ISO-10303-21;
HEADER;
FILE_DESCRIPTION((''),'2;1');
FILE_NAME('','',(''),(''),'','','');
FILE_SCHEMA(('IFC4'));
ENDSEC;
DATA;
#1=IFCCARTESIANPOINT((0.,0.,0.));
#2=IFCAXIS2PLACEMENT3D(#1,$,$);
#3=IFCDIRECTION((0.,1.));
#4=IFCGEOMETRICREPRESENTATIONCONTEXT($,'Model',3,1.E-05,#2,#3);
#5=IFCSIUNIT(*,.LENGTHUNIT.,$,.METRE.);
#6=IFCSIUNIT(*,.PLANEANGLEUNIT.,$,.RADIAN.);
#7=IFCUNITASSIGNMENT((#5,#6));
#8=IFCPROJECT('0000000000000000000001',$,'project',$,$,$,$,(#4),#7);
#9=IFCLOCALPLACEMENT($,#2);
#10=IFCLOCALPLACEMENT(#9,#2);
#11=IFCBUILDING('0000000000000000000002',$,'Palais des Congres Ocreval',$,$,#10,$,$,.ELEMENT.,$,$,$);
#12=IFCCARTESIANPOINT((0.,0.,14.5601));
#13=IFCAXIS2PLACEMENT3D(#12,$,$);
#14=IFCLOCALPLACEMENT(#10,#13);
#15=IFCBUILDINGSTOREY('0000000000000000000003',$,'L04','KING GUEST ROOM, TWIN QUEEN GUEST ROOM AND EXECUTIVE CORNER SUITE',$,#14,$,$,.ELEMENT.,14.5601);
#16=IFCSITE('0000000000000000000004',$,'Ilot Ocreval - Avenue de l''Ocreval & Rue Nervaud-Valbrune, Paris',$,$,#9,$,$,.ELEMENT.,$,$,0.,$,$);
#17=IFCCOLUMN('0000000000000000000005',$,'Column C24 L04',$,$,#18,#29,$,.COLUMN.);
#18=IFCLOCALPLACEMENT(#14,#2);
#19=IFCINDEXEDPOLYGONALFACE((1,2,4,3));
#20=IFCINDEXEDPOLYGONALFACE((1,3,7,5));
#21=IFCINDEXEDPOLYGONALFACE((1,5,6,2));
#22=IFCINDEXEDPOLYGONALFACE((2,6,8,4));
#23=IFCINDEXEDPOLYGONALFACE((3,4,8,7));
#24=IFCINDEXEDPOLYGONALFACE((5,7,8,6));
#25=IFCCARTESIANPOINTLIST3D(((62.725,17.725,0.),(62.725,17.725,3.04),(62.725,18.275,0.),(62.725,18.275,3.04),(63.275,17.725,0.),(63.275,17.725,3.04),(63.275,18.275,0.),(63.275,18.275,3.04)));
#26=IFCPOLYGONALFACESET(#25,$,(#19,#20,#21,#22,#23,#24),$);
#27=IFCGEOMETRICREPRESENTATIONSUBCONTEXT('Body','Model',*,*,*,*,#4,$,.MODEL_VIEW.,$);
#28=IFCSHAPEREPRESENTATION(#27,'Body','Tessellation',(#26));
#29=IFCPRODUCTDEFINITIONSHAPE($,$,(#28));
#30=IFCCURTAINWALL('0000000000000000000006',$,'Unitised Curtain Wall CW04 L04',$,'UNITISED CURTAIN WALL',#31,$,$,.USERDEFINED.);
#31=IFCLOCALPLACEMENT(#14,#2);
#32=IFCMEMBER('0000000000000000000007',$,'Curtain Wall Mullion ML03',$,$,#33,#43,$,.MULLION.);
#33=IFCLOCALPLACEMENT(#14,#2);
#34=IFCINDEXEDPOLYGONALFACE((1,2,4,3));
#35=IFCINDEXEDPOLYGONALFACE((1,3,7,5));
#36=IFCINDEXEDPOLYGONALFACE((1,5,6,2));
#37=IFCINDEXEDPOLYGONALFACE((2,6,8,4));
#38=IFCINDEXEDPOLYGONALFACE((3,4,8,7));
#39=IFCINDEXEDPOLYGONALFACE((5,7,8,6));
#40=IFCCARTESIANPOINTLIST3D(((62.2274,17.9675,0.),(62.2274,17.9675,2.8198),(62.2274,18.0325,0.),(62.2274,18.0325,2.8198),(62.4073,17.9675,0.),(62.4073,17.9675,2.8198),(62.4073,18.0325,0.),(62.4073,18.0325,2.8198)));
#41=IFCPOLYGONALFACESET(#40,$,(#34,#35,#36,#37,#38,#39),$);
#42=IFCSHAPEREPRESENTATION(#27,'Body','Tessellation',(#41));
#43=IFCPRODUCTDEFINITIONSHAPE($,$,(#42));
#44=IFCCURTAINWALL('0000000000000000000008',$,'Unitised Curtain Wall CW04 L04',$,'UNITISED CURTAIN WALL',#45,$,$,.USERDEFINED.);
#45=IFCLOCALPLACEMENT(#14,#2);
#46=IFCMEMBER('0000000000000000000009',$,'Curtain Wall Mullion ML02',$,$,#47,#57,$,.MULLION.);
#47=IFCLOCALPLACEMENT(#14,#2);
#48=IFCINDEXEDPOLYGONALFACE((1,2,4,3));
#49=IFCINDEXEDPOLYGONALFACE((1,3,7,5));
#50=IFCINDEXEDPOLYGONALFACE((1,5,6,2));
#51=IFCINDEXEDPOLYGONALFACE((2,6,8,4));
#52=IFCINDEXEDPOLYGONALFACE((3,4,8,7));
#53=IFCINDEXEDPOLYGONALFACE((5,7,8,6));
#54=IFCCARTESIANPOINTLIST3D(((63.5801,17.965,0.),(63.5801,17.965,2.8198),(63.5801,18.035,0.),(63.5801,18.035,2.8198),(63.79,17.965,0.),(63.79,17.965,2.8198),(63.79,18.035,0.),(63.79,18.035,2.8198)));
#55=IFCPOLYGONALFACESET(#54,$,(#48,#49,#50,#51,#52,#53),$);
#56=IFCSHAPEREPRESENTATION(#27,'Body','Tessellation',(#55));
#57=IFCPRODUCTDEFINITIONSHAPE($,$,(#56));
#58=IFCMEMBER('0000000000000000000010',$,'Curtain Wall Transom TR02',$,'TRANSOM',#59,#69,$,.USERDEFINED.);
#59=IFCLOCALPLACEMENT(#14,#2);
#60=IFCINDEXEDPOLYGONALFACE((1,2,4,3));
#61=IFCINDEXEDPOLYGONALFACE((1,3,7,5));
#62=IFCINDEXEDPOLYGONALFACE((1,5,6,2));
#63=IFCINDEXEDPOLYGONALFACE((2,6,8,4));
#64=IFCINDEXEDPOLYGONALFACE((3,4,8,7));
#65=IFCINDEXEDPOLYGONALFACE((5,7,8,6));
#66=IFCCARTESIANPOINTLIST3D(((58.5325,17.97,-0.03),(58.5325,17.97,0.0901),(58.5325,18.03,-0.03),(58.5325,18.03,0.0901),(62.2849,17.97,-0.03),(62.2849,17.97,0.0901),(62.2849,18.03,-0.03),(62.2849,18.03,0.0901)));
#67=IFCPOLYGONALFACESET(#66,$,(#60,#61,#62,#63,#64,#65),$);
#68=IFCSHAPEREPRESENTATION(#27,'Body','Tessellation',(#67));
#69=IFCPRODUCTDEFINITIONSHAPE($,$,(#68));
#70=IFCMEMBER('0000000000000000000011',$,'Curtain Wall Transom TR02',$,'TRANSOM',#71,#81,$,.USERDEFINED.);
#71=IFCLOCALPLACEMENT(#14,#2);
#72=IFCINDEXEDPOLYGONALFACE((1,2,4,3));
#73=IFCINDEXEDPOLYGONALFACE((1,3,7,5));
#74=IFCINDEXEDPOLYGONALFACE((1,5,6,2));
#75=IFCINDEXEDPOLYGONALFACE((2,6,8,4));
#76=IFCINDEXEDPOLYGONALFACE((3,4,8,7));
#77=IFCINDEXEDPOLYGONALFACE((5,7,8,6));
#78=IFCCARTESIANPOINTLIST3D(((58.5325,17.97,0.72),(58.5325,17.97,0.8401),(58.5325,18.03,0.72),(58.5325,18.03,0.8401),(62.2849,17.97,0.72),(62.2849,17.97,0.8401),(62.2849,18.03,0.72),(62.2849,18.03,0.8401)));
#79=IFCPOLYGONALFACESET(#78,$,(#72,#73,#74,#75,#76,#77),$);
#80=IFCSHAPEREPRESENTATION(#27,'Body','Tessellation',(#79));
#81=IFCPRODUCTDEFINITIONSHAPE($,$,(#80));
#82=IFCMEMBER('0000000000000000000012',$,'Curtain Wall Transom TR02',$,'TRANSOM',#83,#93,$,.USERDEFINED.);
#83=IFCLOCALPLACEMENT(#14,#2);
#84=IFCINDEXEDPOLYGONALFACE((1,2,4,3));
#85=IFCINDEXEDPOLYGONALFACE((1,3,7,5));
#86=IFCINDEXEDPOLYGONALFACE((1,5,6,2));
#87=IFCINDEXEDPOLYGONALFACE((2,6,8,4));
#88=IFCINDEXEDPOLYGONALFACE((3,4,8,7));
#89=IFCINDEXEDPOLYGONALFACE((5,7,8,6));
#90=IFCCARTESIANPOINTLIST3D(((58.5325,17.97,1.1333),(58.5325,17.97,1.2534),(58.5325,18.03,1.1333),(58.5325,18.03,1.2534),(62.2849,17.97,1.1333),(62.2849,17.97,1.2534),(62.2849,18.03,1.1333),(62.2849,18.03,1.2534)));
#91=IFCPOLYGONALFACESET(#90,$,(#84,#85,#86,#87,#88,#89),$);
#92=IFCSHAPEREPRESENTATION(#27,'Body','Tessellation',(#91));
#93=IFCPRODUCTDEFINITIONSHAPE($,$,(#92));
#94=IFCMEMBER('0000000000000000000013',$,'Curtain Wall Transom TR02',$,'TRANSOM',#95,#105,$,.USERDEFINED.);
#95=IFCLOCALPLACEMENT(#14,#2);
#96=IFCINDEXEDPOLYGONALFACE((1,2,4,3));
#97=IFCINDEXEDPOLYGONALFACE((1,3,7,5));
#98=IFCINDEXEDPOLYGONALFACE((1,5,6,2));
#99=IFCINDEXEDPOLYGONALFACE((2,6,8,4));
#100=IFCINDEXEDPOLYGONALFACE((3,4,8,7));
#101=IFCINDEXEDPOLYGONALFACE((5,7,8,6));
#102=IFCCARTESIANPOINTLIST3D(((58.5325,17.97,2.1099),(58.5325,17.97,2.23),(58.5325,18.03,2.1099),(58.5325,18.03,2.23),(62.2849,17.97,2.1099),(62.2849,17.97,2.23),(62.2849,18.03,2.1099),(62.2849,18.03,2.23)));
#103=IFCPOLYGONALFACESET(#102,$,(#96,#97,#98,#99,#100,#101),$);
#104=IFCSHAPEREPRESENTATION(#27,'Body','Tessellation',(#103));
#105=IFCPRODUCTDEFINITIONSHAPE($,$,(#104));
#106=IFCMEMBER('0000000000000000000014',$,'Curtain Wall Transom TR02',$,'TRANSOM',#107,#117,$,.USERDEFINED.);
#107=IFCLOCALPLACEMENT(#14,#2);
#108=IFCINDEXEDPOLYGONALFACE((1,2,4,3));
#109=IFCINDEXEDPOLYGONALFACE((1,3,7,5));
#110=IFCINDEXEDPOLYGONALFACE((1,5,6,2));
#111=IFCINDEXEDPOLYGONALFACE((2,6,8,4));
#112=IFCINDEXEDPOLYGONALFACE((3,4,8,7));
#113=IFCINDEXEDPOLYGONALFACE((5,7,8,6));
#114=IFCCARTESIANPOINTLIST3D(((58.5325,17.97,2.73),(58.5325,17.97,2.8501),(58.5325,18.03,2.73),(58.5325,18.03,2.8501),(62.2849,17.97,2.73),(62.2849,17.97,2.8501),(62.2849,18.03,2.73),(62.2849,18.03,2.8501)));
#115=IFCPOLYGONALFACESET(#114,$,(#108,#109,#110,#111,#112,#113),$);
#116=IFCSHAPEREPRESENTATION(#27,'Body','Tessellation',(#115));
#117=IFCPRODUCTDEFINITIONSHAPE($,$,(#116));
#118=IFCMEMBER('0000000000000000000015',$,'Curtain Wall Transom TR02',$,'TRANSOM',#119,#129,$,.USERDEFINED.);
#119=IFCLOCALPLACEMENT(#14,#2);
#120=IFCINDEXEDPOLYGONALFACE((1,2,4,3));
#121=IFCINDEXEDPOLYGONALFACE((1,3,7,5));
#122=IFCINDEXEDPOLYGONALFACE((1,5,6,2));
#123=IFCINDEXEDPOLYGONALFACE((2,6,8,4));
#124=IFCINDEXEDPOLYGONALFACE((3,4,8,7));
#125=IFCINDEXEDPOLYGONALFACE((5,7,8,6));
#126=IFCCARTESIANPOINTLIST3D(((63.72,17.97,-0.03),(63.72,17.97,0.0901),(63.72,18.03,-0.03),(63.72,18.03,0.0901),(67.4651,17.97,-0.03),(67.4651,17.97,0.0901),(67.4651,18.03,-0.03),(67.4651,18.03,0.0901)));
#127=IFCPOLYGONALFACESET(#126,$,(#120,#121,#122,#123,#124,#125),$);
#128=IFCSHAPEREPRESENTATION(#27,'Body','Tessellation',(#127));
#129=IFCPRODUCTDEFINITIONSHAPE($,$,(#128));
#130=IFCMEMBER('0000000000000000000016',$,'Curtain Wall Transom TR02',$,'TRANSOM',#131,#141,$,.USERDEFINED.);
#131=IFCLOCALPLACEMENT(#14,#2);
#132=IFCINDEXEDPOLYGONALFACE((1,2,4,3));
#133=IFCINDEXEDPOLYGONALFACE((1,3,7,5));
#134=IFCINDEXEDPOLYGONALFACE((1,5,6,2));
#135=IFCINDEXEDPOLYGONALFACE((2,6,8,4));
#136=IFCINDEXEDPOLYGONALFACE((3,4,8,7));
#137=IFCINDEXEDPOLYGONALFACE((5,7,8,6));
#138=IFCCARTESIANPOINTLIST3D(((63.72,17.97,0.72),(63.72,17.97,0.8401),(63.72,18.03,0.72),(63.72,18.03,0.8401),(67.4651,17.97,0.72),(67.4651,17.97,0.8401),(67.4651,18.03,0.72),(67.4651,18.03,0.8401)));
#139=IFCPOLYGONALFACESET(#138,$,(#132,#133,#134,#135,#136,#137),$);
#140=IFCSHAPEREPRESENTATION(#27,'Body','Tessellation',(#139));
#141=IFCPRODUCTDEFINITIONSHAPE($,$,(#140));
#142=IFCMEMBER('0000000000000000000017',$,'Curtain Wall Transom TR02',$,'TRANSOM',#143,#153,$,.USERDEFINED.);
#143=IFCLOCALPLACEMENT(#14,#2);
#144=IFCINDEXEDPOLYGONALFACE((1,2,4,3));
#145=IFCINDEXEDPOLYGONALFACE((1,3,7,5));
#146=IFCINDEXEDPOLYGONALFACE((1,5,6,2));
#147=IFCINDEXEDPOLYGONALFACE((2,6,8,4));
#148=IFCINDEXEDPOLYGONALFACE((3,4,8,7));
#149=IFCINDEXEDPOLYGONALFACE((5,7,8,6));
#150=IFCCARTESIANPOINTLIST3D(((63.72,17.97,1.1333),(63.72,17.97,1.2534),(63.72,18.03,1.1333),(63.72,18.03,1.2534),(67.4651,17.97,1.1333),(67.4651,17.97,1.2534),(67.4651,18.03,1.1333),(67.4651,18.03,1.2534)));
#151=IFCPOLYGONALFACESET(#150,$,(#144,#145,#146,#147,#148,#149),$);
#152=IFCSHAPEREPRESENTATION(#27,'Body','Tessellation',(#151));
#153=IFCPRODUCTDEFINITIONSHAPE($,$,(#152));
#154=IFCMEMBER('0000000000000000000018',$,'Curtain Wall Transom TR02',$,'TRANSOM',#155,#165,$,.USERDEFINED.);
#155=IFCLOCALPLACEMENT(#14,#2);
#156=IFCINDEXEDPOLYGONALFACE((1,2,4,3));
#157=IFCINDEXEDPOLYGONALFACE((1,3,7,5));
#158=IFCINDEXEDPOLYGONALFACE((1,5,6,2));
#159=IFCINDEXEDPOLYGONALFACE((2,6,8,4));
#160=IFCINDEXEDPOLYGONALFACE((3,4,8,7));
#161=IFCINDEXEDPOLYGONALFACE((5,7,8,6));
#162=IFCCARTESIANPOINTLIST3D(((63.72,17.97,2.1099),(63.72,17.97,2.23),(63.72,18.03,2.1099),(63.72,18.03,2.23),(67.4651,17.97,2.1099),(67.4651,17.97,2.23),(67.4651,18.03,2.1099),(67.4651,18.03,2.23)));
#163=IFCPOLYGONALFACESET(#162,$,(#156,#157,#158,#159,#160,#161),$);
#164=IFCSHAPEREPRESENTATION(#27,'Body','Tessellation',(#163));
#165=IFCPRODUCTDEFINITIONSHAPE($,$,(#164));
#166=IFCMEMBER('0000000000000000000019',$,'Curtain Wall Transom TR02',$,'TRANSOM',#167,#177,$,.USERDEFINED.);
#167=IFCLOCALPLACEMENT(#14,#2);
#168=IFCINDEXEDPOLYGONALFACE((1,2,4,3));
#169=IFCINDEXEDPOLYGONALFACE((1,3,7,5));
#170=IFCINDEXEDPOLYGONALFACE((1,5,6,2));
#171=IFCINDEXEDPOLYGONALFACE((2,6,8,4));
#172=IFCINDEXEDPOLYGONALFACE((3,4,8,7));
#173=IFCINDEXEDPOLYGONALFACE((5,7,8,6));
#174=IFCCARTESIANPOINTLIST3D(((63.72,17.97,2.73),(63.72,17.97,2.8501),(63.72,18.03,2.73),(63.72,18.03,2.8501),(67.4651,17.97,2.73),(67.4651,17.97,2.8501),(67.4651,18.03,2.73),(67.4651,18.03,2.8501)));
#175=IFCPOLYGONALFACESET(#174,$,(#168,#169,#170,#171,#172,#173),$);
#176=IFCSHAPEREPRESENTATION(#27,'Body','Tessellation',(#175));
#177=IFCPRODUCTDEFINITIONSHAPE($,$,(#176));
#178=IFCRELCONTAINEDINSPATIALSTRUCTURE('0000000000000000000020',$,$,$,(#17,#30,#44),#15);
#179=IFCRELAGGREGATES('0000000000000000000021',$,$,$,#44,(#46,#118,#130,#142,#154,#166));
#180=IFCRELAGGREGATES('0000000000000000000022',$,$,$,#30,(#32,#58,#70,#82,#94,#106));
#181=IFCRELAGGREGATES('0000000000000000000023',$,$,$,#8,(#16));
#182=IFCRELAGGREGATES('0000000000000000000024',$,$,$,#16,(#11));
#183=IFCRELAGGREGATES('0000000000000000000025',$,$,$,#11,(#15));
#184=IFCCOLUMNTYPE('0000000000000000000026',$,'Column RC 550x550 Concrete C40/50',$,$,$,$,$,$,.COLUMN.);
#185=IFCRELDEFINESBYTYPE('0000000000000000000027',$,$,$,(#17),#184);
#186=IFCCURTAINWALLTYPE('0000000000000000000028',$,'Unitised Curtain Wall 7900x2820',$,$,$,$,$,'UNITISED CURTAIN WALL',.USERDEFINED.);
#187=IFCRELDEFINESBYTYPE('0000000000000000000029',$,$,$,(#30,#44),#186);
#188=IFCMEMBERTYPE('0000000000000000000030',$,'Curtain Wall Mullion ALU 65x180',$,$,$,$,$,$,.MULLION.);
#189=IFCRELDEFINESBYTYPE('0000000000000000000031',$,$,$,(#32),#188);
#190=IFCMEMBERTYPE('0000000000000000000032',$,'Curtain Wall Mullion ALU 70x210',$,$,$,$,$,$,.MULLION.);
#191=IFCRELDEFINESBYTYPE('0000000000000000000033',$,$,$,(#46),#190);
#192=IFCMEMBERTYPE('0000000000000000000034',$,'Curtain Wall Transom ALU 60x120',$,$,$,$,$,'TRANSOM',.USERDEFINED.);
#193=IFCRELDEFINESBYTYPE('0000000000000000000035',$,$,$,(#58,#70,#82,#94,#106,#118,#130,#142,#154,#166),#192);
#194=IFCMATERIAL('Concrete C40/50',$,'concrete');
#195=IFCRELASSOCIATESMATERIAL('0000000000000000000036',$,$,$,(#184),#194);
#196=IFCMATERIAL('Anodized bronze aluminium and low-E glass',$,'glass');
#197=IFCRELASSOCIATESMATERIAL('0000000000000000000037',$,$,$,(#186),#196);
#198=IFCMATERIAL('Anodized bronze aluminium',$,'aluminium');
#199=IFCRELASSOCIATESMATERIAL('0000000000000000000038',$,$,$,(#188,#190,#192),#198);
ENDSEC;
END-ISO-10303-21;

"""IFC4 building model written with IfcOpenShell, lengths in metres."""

from ifc_helpers import new_model, si_unit, direction, frame, origin, origin_2d, place, context, subcontext, project, spatial, rectangle, extrude, material, material_profile, profile_set, type_object, element, aggregate, save


model = new_model("IFC4")

# Units and contexts
model_context = context("Model", 3, precision=1e-05, world=origin(), true_north=direction((0.0, 1.0)))
body_context = subcontext(model_context, "Body", "Model", "MODEL_VIEW")
ifc_project = project(units=[si_unit("LENGTHUNIT", "METRE"), si_unit("PLANEANGLEUNIT", "RADIAN")], contexts=[model_context])

# Site, building, storey
site_placement = place(None, origin())
site = spatial("IfcSite", under=ifc_project, at=site_placement, Name="Ilot Ocreval - Avenue de l'Ocreval & Rue Nervaud-Valbrune, Paris", CompositionType="ELEMENT", RefElevation=0.0)
building_placement = place(site_placement, origin())
building = spatial("IfcBuilding", under=site, at=building_placement, Name="Palais des Congres Ocreval", CompositionType="ELEMENT")
storey_placement = place(building_placement, frame((0.0, 0.0, 14.5601)))
storey = spatial("IfcBuildingStorey", under=building, at=storey_placement, Name="L04", Description="KING GUEST ROOM, TWIN QUEEN GUEST ROOM AND EXECUTIVE CORNER SUITE", CompositionType="ELEMENT", Elevation=14.5601)

# Column
ifc_material_1 = material(Name="Concrete C40/50", Category="concrete")
ifc_material_profile_1 = material_profile(ifc_material_1, rectangle(XDim=0.55, YDim=0.55, at=origin_2d()), Name="RC 550x550")
ifc_profile_set_1 = profile_set([ifc_material_profile_1], Name="Concrete C40/50")
column_type = type_object("IfcColumnType", Name="Column RC 550x550 Concrete C40/50", PredefinedType="COLUMN", material=ifc_profile_set_1)
column_placement = place(storey_placement, frame((63.0, 18.0, 0.0), z_axis=(0.0, 0.0, 1.0), x_axis=(1.0, 0.0, 0.0)))
element("IfcColumn", 1, at=column_placement, inside=storey, type_object=column_type, Name="Column C24 L04", PredefinedType="COLUMN", context=body_context, shape_type="SweptSolid", body=[
    extrude(rectangle(XDim=0.55, YDim=0.55, at=origin_2d()), origin(), (0.0, 0.0, 1.0), 3.04),
])

# Curtain walls, members
ifc_material_2 = material(Name="Anodized bronze aluminium and low-E glass", Category="glass")
curtain_wall_type = type_object("IfcCurtainWallType", Name="Unitised Curtain Wall 7900x2820", ElementType="UNITISED CURTAIN WALL", PredefinedType="USERDEFINED", material=ifc_material_2)
curtain_wall_1_placement = place(storey_placement, origin())
curtain_wall_1 = element("IfcCurtainWall", 2, at=curtain_wall_1_placement, inside=storey, type_object=curtain_wall_type, Name="Unitised Curtain Wall CW04 L04", ObjectType="UNITISED CURTAIN WALL", PredefinedType="USERDEFINED")
ifc_material_3 = material(Name="Anodized bronze aluminium", Category="aluminium")
ifc_material_profile_2 = material_profile(ifc_material_3, rectangle(XDim=0.0649, YDim=0.1799, at=origin_2d()), Name="ALU 65x180")
ifc_profile_set_2 = profile_set([ifc_material_profile_2], Name="Anodized bronze aluminium")
member_type_1 = type_object("IfcMemberType", Name="Curtain Wall Mullion ALU 65x180", PredefinedType="MULLION", material=ifc_profile_set_2)
member_1_placement = place(storey_placement, frame((62.3174, 18.0, 0.0), z_axis=(0.0, 0.0, 1.0), x_axis=(0.0, 1.0, 0.0)))
member_1 = element("IfcMember", 3, at=member_1_placement, type_object=member_type_1, Name="Curtain Wall Mullion ML03", PredefinedType="MULLION", context=body_context, shape_type="SweptSolid", body=[
    extrude(rectangle(XDim=0.0649, YDim=0.1799, at=origin_2d()), origin(), (0.0, 0.0, 1.0), 2.8198),
])
curtain_wall_2_placement = place(storey_placement, origin())
curtain_wall_2 = element("IfcCurtainWall", 4, at=curtain_wall_2_placement, inside=storey, type_object=curtain_wall_type, Name="Unitised Curtain Wall CW04 L04", ObjectType="UNITISED CURTAIN WALL", PredefinedType="USERDEFINED")
ifc_material_profile_3 = material_profile(ifc_material_3, rectangle(XDim=0.0701, YDim=0.21, at=origin_2d()), Name="ALU 70x210")
ifc_profile_set_3 = profile_set([ifc_material_profile_3], Name="Anodized bronze aluminium")
member_type_2 = type_object("IfcMemberType", Name="Curtain Wall Mullion ALU 70x210", PredefinedType="MULLION", material=ifc_profile_set_3)
member_2_placement = place(storey_placement, frame((63.6851, 18.0, 0.0), z_axis=(0.0, 0.0, 1.0), x_axis=(0.0, 1.0, 0.0)))
member_2 = element("IfcMember", 5, at=member_2_placement, type_object=member_type_2, Name="Curtain Wall Mullion ML02", PredefinedType="MULLION", context=body_context, shape_type="SweptSolid", body=[
    extrude(rectangle(XDim=0.0701, YDim=0.21, at=origin_2d()), origin(), (0.0, 0.0, 1.0), 2.8198),
])

# Members
ifc_material_profile_4 = material_profile(ifc_material_3, rectangle(XDim=0.0601, YDim=0.1201, at=origin_2d()), Name="ALU 60x120")
ifc_profile_set_4 = profile_set([ifc_material_profile_4], Name="Anodized bronze aluminium")
member_type_3 = type_object("IfcMemberType", Name="Curtain Wall Transom ALU 60x120", ElementType="TRANSOM", PredefinedType="USERDEFINED", material=ifc_profile_set_4)
member_3_placement = place(storey_placement, frame((58.5325, 18.0, 0.03), z_axis=(1.0, 0.0, 0.0), x_axis=(0.0, 1.0, 0.0)))
member_3 = element("IfcMember", 6, at=member_3_placement, type_object=member_type_3, Name="Curtain Wall Transom TR02", ObjectType="TRANSOM", PredefinedType="USERDEFINED", context=body_context, shape_type="SweptSolid", body=[
    extrude(rectangle(XDim=0.0601, YDim=0.1201, at=origin_2d()), origin(), (0.0, 0.0, 1.0), 3.7524),
])
member_4_placement = place(storey_placement, frame((58.5325, 18.0, 0.78), z_axis=(1.0, 0.0, 0.0), x_axis=(0.0, 1.0, 0.0)))
member_4 = element("IfcMember", 7, at=member_4_placement, type_object=member_type_3, Name="Curtain Wall Transom TR02", ObjectType="TRANSOM", PredefinedType="USERDEFINED", context=body_context, shape_type="SweptSolid", body=[
    extrude(rectangle(XDim=0.0601, YDim=0.1201, at=origin_2d()), origin(), (0.0, 0.0, 1.0), 3.7524),
])
member_5_placement = place(storey_placement, frame((58.5325, 18.0, 1.1934), z_axis=(1.0, 0.0, 0.0), x_axis=(0.0, 1.0, 0.0)))
member_5 = element("IfcMember", 8, at=member_5_placement, type_object=member_type_3, Name="Curtain Wall Transom TR02", ObjectType="TRANSOM", PredefinedType="USERDEFINED", context=body_context, shape_type="SweptSolid", body=[
    extrude(rectangle(XDim=0.0601, YDim=0.1201, at=origin_2d()), origin(), (0.0, 0.0, 1.0), 3.7524),
])
member_6_placement = place(storey_placement, frame((58.5325, 18.0, 2.1699), z_axis=(1.0, 0.0, 0.0), x_axis=(0.0, 1.0, 0.0)))
member_6 = element("IfcMember", 9, at=member_6_placement, type_object=member_type_3, Name="Curtain Wall Transom TR02", ObjectType="TRANSOM", PredefinedType="USERDEFINED", context=body_context, shape_type="SweptSolid", body=[
    extrude(rectangle(XDim=0.0601, YDim=0.1201, at=origin_2d()), origin(), (0.0, 0.0, 1.0), 3.7524),
])
member_7_placement = place(storey_placement, frame((58.5325, 18.0, 2.79), z_axis=(1.0, 0.0, 0.0), x_axis=(0.0, 1.0, 0.0)))
member_7 = element("IfcMember", 10, at=member_7_placement, type_object=member_type_3, Name="Curtain Wall Transom TR02", ObjectType="TRANSOM", PredefinedType="USERDEFINED", context=body_context, shape_type="SweptSolid", body=[
    extrude(rectangle(XDim=0.0601, YDim=0.1201, at=origin_2d()), origin(), (0.0, 0.0, 1.0), 3.7524),
])
member_8_placement = place(storey_placement, frame((63.72, 18.0, 0.03), z_axis=(1.0, 0.0, 0.0), x_axis=(0.0, 1.0, 0.0)))
member_8 = element("IfcMember", 11, at=member_8_placement, type_object=member_type_3, Name="Curtain Wall Transom TR02", ObjectType="TRANSOM", PredefinedType="USERDEFINED", context=body_context, shape_type="SweptSolid", body=[
    extrude(rectangle(XDim=0.0601, YDim=0.1201, at=origin_2d()), origin(), (0.0, 0.0, 1.0), 3.7451),
])
member_9_placement = place(storey_placement, frame((63.72, 18.0, 0.78), z_axis=(1.0, 0.0, 0.0), x_axis=(0.0, 1.0, 0.0)))
member_9 = element("IfcMember", 12, at=member_9_placement, type_object=member_type_3, Name="Curtain Wall Transom TR02", ObjectType="TRANSOM", PredefinedType="USERDEFINED", context=body_context, shape_type="SweptSolid", body=[
    extrude(rectangle(XDim=0.0601, YDim=0.1201, at=origin_2d()), origin(), (0.0, 0.0, 1.0), 3.7451),
])
member_10_placement = place(storey_placement, frame((63.72, 18.0, 1.1934), z_axis=(1.0, 0.0, 0.0), x_axis=(0.0, 1.0, 0.0)))
member_10 = element("IfcMember", 13, at=member_10_placement, type_object=member_type_3, Name="Curtain Wall Transom TR02", ObjectType="TRANSOM", PredefinedType="USERDEFINED", context=body_context, shape_type="SweptSolid", body=[
    extrude(rectangle(XDim=0.0601, YDim=0.1201, at=origin_2d()), origin(), (0.0, 0.0, 1.0), 3.7451),
])
member_11_placement = place(storey_placement, frame((63.72, 18.0, 2.1699), z_axis=(1.0, 0.0, 0.0), x_axis=(0.0, 1.0, 0.0)))
member_11 = element("IfcMember", 14, at=member_11_placement, type_object=member_type_3, Name="Curtain Wall Transom TR02", ObjectType="TRANSOM", PredefinedType="USERDEFINED", context=body_context, shape_type="SweptSolid", body=[
    extrude(rectangle(XDim=0.0601, YDim=0.1201, at=origin_2d()), origin(), (0.0, 0.0, 1.0), 3.7451),
])
member_12_placement = place(storey_placement, frame((63.72, 18.0, 2.79), z_axis=(1.0, 0.0, 0.0), x_axis=(0.0, 1.0, 0.0)))
member_12 = element("IfcMember", 15, at=member_12_placement, type_object=member_type_3, Name="Curtain Wall Transom TR02", ObjectType="TRANSOM", PredefinedType="USERDEFINED", context=body_context, shape_type="SweptSolid", body=[
    extrude(rectangle(XDim=0.0601, YDim=0.1201, at=origin_2d()), origin(), (0.0, 0.0, 1.0), 3.7451),
])

aggregate(curtain_wall_2, [member_2, member_8, member_9, member_10, member_11, member_12])
aggregate(curtain_wall_1, [member_1, member_3, member_4, member_5, member_6, member_7])

save(model, "model.ifc")
